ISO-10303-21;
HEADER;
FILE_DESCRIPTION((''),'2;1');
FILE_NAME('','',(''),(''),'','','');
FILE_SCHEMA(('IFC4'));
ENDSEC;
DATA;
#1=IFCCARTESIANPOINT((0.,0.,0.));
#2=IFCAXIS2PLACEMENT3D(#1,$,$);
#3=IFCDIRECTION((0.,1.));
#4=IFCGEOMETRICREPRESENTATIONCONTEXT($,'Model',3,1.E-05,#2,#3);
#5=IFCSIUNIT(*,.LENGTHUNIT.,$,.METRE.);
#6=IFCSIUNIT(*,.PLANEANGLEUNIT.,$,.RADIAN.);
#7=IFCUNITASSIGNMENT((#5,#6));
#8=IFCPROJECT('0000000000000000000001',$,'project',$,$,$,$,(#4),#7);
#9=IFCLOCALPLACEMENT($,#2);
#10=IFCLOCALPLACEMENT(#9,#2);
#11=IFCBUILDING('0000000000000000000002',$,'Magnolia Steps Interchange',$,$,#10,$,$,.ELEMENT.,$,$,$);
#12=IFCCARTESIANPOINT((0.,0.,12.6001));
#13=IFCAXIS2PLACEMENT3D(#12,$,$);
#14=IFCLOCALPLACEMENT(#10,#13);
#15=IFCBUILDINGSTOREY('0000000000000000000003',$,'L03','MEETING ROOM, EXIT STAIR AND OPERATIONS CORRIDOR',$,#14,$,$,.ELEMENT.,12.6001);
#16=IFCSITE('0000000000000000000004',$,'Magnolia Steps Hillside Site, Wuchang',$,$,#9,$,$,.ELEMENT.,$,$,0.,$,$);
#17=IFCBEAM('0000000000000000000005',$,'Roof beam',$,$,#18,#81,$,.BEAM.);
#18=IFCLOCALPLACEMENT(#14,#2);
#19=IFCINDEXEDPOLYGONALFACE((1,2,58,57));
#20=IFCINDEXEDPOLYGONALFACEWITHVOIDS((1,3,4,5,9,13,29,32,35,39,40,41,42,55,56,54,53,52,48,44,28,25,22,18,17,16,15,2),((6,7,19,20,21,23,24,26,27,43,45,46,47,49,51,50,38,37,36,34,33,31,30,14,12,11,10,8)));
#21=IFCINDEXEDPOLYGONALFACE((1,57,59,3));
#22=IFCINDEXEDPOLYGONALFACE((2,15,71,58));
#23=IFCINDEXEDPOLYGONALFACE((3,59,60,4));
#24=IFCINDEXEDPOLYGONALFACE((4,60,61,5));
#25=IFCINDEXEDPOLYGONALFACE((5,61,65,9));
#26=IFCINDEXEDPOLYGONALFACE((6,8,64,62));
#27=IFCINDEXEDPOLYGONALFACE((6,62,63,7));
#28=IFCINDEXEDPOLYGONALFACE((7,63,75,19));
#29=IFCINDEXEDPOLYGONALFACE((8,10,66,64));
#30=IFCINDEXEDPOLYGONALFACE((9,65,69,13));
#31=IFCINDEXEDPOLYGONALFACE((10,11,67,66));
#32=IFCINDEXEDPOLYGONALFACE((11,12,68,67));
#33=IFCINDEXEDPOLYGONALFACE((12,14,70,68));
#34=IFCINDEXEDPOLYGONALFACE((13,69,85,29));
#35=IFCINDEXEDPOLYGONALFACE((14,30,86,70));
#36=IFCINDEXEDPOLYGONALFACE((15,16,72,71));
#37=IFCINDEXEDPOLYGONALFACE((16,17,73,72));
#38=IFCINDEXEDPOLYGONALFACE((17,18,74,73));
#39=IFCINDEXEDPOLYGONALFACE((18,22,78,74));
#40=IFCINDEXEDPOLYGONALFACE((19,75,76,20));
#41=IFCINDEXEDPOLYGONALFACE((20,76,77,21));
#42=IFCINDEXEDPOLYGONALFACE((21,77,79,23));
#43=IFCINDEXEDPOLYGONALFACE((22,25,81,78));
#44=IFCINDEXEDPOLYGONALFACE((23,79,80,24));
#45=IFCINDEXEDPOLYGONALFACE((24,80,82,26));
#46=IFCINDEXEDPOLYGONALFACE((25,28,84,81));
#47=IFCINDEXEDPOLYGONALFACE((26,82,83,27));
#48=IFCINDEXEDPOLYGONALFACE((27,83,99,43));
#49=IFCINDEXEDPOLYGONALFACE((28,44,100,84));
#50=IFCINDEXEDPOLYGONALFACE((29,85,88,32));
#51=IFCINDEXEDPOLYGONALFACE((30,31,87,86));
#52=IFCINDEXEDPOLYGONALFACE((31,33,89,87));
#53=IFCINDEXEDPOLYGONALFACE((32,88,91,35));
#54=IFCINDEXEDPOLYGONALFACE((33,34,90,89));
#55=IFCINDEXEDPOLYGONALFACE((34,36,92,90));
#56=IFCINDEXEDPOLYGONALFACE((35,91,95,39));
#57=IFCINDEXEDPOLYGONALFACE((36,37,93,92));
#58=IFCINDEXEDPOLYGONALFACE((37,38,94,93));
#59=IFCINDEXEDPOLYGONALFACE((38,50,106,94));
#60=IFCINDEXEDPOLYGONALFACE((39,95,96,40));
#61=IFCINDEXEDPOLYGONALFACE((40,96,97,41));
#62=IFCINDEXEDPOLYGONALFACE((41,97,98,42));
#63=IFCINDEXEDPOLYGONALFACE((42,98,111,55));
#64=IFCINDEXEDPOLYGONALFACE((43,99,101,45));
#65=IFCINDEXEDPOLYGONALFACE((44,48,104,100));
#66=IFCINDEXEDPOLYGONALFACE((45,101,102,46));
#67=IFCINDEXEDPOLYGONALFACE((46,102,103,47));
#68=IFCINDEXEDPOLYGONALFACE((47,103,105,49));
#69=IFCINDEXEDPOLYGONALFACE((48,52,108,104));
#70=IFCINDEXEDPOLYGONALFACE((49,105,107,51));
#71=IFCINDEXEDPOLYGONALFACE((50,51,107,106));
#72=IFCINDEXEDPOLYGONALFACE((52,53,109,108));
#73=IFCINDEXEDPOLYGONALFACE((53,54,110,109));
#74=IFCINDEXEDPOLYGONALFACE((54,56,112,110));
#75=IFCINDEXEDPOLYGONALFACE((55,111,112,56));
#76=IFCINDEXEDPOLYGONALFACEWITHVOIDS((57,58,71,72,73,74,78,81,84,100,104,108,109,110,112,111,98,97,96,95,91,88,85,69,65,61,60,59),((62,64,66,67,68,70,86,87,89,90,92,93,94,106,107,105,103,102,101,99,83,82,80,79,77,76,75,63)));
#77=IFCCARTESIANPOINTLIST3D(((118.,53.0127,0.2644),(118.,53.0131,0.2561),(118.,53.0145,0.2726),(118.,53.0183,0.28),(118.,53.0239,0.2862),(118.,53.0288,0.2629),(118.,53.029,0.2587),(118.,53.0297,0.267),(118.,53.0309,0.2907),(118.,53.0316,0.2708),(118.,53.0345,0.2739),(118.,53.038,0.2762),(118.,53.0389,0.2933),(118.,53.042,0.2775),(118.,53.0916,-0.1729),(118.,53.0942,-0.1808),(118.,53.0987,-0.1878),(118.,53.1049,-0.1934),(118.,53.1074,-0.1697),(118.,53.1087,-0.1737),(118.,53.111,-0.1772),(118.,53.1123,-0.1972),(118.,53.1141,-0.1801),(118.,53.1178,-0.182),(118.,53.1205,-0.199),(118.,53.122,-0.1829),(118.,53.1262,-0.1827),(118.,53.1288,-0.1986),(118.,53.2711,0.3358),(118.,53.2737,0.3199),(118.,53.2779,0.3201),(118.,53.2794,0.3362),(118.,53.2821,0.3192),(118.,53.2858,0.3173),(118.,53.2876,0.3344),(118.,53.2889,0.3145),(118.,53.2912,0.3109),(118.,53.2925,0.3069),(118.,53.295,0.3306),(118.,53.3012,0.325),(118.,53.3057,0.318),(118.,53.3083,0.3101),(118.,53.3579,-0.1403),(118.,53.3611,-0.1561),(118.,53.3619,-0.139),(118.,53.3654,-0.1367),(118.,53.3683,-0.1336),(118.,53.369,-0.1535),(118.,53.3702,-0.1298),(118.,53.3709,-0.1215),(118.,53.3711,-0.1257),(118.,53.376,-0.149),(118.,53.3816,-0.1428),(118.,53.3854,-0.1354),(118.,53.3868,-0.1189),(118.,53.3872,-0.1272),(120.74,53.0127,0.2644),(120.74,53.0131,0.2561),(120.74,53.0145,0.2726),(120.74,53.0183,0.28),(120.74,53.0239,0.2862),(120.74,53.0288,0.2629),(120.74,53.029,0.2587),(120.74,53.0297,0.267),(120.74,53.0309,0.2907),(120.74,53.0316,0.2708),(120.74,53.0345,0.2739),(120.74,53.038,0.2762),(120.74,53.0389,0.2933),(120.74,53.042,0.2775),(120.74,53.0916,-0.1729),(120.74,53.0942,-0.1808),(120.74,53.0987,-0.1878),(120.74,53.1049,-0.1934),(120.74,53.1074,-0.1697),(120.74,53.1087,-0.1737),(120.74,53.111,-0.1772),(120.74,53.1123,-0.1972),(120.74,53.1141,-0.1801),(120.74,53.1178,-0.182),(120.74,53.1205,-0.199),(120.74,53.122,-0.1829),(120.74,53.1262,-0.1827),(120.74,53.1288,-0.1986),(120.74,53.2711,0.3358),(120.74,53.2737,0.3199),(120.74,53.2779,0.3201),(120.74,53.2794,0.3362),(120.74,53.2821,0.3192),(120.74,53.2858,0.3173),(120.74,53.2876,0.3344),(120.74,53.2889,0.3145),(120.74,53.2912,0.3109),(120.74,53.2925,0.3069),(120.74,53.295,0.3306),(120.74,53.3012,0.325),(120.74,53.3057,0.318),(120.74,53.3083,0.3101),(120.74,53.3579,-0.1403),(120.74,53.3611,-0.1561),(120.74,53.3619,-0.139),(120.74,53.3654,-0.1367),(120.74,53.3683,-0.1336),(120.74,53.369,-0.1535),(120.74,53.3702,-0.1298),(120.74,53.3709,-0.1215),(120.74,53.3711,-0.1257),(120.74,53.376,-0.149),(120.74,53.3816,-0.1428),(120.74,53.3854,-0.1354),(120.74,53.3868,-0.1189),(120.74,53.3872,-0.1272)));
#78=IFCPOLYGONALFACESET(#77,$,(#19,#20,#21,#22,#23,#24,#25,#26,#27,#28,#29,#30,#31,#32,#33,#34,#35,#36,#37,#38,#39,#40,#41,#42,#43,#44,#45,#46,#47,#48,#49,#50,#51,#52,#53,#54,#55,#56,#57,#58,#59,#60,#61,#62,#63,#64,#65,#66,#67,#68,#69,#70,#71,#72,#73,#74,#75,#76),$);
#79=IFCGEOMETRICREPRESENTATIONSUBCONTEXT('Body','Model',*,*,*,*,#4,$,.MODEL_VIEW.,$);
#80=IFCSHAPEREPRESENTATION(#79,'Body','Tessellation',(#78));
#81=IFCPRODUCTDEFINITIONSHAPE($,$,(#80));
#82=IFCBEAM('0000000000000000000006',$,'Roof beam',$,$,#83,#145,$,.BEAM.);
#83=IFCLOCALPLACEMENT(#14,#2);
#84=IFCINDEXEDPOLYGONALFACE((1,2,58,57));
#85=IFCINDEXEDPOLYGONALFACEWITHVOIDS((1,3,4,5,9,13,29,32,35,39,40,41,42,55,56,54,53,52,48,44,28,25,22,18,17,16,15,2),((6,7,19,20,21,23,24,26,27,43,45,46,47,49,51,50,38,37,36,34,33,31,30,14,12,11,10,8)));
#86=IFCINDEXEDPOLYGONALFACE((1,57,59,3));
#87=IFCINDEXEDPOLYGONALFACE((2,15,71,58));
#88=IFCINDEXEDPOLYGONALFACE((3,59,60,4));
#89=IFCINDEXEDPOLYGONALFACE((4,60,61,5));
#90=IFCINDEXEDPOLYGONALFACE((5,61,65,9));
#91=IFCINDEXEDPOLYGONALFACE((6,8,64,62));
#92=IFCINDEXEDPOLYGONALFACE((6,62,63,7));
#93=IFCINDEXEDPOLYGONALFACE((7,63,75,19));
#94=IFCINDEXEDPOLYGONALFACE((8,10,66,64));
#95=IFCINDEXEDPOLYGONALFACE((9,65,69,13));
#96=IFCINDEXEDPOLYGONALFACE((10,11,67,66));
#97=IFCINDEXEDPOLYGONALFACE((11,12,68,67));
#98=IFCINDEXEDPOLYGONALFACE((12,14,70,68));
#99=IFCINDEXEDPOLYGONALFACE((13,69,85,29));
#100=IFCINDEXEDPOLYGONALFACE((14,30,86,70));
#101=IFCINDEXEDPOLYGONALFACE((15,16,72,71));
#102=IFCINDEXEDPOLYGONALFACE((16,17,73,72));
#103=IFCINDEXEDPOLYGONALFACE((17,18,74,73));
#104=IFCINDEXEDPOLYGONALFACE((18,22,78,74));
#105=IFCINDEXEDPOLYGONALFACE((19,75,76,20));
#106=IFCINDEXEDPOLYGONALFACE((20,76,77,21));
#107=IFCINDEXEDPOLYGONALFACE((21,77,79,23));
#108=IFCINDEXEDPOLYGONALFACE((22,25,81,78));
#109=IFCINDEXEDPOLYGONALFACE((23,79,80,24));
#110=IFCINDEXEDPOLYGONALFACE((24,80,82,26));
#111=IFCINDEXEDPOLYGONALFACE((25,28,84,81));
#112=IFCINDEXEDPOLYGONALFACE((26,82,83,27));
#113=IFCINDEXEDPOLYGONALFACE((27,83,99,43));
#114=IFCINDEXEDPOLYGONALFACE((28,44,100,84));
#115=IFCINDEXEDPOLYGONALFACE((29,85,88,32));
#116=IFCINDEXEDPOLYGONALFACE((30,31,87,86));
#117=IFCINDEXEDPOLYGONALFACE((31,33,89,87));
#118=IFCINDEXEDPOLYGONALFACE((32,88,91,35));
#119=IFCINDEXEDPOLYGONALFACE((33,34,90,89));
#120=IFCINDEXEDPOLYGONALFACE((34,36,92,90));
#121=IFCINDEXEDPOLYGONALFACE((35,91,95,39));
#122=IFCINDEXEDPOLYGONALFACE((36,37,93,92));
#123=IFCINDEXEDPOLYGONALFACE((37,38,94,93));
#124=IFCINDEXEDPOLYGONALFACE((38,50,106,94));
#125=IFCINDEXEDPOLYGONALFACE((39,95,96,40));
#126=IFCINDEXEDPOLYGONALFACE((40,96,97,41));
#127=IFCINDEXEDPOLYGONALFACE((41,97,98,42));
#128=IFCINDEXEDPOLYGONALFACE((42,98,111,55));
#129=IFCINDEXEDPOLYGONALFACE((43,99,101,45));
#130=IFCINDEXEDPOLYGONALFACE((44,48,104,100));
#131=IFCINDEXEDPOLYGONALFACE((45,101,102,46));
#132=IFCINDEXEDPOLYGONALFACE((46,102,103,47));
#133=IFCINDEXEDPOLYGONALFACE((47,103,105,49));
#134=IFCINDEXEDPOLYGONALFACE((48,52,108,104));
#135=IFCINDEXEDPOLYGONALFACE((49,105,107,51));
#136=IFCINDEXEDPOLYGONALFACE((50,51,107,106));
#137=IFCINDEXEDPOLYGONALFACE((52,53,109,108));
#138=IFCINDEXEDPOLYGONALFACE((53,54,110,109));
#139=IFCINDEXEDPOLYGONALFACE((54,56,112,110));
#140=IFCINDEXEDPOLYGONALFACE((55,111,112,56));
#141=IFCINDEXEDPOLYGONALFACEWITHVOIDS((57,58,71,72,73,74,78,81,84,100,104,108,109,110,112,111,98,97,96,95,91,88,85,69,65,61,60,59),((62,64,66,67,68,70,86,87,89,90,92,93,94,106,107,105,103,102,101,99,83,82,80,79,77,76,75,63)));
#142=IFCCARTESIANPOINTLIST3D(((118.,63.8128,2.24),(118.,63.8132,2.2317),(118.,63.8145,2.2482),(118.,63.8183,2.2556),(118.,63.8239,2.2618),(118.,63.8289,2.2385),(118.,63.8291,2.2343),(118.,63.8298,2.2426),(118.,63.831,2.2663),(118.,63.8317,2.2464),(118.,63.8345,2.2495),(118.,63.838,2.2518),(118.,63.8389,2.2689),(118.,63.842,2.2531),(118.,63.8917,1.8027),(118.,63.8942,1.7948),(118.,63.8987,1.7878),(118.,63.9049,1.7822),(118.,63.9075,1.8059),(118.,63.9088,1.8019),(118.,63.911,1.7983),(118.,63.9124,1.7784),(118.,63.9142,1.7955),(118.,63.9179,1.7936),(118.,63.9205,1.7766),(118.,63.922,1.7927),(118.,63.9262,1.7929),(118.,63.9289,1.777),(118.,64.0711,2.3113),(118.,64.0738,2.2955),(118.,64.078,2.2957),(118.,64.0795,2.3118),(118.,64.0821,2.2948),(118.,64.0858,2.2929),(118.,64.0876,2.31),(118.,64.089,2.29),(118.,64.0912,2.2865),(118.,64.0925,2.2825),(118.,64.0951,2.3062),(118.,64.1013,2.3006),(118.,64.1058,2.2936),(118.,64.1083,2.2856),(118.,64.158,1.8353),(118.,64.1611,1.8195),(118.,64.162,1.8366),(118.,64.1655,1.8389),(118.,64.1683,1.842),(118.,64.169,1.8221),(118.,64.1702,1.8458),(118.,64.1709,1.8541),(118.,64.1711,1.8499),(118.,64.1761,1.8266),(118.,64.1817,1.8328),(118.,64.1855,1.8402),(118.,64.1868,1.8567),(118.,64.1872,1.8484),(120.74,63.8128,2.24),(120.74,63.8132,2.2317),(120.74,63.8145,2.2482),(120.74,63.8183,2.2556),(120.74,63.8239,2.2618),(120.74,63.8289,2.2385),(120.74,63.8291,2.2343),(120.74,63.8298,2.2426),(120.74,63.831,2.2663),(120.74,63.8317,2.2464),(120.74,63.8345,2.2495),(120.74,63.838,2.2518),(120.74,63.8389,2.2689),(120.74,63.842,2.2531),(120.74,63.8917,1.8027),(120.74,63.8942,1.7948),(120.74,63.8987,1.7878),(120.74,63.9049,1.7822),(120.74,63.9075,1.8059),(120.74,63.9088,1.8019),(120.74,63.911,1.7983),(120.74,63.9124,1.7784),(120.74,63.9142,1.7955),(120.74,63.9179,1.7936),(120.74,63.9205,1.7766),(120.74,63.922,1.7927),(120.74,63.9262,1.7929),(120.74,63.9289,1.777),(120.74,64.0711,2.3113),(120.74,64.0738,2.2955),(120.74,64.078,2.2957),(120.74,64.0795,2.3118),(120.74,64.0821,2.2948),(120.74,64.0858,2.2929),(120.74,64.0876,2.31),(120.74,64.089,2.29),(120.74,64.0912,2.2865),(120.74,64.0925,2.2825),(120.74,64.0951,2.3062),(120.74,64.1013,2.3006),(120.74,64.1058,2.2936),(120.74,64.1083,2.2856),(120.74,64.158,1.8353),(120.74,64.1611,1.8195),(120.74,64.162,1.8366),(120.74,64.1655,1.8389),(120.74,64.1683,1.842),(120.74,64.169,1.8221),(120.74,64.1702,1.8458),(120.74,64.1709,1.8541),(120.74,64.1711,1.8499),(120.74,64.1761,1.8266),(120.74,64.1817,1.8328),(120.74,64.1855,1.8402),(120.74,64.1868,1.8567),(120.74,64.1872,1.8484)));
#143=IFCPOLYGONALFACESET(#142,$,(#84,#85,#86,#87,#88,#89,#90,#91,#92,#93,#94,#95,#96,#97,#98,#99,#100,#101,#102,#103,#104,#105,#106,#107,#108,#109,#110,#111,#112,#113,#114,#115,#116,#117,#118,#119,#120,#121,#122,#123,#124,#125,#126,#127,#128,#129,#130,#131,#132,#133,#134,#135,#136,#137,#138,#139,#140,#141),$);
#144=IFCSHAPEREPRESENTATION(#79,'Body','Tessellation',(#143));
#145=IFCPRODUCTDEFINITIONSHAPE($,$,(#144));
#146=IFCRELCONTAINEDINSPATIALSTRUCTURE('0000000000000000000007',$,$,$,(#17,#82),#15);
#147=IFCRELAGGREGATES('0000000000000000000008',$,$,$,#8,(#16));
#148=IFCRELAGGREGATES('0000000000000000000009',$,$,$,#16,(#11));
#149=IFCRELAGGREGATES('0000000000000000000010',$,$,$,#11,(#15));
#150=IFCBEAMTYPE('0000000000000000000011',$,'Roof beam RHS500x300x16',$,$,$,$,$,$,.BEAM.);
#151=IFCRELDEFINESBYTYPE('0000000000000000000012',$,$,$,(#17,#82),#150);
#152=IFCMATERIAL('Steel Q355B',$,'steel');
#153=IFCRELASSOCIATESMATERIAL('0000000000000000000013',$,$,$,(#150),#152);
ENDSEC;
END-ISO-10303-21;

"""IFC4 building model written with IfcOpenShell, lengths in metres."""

from ifc_helpers import new_model, si_unit, direction, frame, origin, origin_2d, place, context, subcontext, project, spatial, hollow_rectangle, extrude, material, material_profile, profile_set, type_object, element, save


model = new_model("IFC4")

# Units and contexts
model_context = context("Model", 3, precision=1e-05, world=origin(), true_north=direction((0.0, 1.0)))
body_context = subcontext(model_context, "Body", "Model", "MODEL_VIEW")
ifc_project = project(units=[si_unit("LENGTHUNIT", "METRE"), si_unit("PLANEANGLEUNIT", "RADIAN")], contexts=[model_context])

# Site, building, storey
site_placement = place(None, origin())
site = spatial("IfcSite", under=ifc_project, at=site_placement, Name="Magnolia Steps Hillside Site, Wuchang", CompositionType="ELEMENT", RefElevation=0.0)
building_placement = place(site_placement, origin())
building = spatial("IfcBuilding", under=site, at=building_placement, Name="Magnolia Steps Interchange", CompositionType="ELEMENT")
storey_placement = place(building_placement, frame((0.0, 0.0, 12.6001)))
storey = spatial("IfcBuildingStorey", under=building, at=storey_placement, Name="L03", Description="MEETING ROOM, EXIT STAIR AND OPERATIONS CORRIDOR", CompositionType="ELEMENT", Elevation=12.6001)

# Beams
ifc_material_1 = material(Name="Steel Q355B", Category="steel")
ifc_material_profile_1 = material_profile(ifc_material_1, hollow_rectangle(XDim=0.3, YDim=0.5, WallThickness=0.0161, InnerFilletRadius=0.0161, OuterFilletRadius=0.032, at=origin_2d()), Name="RHS500x300x16")
ifc_profile_set_1 = profile_set([ifc_material_profile_1], Name="Steel Q355B")
beam_type_1 = type_object("IfcBeamType", Name="Roof beam RHS500x300x16", PredefinedType="BEAM", material=ifc_profile_set_1)
for number, where, z_axis, x_axis, name in (
    (1, (118.0, 53.2, 0.0686), (1.0, 0.0, 0.0), (0.0, 0.983677, 0.179941), "Roof beam"),
    (2, (118.0, 64.0, 2.0442), (1.0, 0.0, 0.0), (0.0, 0.983677, 0.179941), "Roof beam"),
):
    element("IfcBeam", number, at=place(storey_placement, frame(where, z_axis=z_axis, x_axis=x_axis)), inside=storey, type_object=beam_type_1, Name=name, PredefinedType="BEAM", context=body_context, shape_type="SweptSolid", body=[
        extrude(hollow_rectangle(XDim=0.3, YDim=0.5, WallThickness=0.0161, InnerFilletRadius=0.0161, OuterFilletRadius=0.032, at=origin_2d()), origin(), (0.0, 0.0, 1.0), 2.74),
    ])

save(model, "model.ifc")
